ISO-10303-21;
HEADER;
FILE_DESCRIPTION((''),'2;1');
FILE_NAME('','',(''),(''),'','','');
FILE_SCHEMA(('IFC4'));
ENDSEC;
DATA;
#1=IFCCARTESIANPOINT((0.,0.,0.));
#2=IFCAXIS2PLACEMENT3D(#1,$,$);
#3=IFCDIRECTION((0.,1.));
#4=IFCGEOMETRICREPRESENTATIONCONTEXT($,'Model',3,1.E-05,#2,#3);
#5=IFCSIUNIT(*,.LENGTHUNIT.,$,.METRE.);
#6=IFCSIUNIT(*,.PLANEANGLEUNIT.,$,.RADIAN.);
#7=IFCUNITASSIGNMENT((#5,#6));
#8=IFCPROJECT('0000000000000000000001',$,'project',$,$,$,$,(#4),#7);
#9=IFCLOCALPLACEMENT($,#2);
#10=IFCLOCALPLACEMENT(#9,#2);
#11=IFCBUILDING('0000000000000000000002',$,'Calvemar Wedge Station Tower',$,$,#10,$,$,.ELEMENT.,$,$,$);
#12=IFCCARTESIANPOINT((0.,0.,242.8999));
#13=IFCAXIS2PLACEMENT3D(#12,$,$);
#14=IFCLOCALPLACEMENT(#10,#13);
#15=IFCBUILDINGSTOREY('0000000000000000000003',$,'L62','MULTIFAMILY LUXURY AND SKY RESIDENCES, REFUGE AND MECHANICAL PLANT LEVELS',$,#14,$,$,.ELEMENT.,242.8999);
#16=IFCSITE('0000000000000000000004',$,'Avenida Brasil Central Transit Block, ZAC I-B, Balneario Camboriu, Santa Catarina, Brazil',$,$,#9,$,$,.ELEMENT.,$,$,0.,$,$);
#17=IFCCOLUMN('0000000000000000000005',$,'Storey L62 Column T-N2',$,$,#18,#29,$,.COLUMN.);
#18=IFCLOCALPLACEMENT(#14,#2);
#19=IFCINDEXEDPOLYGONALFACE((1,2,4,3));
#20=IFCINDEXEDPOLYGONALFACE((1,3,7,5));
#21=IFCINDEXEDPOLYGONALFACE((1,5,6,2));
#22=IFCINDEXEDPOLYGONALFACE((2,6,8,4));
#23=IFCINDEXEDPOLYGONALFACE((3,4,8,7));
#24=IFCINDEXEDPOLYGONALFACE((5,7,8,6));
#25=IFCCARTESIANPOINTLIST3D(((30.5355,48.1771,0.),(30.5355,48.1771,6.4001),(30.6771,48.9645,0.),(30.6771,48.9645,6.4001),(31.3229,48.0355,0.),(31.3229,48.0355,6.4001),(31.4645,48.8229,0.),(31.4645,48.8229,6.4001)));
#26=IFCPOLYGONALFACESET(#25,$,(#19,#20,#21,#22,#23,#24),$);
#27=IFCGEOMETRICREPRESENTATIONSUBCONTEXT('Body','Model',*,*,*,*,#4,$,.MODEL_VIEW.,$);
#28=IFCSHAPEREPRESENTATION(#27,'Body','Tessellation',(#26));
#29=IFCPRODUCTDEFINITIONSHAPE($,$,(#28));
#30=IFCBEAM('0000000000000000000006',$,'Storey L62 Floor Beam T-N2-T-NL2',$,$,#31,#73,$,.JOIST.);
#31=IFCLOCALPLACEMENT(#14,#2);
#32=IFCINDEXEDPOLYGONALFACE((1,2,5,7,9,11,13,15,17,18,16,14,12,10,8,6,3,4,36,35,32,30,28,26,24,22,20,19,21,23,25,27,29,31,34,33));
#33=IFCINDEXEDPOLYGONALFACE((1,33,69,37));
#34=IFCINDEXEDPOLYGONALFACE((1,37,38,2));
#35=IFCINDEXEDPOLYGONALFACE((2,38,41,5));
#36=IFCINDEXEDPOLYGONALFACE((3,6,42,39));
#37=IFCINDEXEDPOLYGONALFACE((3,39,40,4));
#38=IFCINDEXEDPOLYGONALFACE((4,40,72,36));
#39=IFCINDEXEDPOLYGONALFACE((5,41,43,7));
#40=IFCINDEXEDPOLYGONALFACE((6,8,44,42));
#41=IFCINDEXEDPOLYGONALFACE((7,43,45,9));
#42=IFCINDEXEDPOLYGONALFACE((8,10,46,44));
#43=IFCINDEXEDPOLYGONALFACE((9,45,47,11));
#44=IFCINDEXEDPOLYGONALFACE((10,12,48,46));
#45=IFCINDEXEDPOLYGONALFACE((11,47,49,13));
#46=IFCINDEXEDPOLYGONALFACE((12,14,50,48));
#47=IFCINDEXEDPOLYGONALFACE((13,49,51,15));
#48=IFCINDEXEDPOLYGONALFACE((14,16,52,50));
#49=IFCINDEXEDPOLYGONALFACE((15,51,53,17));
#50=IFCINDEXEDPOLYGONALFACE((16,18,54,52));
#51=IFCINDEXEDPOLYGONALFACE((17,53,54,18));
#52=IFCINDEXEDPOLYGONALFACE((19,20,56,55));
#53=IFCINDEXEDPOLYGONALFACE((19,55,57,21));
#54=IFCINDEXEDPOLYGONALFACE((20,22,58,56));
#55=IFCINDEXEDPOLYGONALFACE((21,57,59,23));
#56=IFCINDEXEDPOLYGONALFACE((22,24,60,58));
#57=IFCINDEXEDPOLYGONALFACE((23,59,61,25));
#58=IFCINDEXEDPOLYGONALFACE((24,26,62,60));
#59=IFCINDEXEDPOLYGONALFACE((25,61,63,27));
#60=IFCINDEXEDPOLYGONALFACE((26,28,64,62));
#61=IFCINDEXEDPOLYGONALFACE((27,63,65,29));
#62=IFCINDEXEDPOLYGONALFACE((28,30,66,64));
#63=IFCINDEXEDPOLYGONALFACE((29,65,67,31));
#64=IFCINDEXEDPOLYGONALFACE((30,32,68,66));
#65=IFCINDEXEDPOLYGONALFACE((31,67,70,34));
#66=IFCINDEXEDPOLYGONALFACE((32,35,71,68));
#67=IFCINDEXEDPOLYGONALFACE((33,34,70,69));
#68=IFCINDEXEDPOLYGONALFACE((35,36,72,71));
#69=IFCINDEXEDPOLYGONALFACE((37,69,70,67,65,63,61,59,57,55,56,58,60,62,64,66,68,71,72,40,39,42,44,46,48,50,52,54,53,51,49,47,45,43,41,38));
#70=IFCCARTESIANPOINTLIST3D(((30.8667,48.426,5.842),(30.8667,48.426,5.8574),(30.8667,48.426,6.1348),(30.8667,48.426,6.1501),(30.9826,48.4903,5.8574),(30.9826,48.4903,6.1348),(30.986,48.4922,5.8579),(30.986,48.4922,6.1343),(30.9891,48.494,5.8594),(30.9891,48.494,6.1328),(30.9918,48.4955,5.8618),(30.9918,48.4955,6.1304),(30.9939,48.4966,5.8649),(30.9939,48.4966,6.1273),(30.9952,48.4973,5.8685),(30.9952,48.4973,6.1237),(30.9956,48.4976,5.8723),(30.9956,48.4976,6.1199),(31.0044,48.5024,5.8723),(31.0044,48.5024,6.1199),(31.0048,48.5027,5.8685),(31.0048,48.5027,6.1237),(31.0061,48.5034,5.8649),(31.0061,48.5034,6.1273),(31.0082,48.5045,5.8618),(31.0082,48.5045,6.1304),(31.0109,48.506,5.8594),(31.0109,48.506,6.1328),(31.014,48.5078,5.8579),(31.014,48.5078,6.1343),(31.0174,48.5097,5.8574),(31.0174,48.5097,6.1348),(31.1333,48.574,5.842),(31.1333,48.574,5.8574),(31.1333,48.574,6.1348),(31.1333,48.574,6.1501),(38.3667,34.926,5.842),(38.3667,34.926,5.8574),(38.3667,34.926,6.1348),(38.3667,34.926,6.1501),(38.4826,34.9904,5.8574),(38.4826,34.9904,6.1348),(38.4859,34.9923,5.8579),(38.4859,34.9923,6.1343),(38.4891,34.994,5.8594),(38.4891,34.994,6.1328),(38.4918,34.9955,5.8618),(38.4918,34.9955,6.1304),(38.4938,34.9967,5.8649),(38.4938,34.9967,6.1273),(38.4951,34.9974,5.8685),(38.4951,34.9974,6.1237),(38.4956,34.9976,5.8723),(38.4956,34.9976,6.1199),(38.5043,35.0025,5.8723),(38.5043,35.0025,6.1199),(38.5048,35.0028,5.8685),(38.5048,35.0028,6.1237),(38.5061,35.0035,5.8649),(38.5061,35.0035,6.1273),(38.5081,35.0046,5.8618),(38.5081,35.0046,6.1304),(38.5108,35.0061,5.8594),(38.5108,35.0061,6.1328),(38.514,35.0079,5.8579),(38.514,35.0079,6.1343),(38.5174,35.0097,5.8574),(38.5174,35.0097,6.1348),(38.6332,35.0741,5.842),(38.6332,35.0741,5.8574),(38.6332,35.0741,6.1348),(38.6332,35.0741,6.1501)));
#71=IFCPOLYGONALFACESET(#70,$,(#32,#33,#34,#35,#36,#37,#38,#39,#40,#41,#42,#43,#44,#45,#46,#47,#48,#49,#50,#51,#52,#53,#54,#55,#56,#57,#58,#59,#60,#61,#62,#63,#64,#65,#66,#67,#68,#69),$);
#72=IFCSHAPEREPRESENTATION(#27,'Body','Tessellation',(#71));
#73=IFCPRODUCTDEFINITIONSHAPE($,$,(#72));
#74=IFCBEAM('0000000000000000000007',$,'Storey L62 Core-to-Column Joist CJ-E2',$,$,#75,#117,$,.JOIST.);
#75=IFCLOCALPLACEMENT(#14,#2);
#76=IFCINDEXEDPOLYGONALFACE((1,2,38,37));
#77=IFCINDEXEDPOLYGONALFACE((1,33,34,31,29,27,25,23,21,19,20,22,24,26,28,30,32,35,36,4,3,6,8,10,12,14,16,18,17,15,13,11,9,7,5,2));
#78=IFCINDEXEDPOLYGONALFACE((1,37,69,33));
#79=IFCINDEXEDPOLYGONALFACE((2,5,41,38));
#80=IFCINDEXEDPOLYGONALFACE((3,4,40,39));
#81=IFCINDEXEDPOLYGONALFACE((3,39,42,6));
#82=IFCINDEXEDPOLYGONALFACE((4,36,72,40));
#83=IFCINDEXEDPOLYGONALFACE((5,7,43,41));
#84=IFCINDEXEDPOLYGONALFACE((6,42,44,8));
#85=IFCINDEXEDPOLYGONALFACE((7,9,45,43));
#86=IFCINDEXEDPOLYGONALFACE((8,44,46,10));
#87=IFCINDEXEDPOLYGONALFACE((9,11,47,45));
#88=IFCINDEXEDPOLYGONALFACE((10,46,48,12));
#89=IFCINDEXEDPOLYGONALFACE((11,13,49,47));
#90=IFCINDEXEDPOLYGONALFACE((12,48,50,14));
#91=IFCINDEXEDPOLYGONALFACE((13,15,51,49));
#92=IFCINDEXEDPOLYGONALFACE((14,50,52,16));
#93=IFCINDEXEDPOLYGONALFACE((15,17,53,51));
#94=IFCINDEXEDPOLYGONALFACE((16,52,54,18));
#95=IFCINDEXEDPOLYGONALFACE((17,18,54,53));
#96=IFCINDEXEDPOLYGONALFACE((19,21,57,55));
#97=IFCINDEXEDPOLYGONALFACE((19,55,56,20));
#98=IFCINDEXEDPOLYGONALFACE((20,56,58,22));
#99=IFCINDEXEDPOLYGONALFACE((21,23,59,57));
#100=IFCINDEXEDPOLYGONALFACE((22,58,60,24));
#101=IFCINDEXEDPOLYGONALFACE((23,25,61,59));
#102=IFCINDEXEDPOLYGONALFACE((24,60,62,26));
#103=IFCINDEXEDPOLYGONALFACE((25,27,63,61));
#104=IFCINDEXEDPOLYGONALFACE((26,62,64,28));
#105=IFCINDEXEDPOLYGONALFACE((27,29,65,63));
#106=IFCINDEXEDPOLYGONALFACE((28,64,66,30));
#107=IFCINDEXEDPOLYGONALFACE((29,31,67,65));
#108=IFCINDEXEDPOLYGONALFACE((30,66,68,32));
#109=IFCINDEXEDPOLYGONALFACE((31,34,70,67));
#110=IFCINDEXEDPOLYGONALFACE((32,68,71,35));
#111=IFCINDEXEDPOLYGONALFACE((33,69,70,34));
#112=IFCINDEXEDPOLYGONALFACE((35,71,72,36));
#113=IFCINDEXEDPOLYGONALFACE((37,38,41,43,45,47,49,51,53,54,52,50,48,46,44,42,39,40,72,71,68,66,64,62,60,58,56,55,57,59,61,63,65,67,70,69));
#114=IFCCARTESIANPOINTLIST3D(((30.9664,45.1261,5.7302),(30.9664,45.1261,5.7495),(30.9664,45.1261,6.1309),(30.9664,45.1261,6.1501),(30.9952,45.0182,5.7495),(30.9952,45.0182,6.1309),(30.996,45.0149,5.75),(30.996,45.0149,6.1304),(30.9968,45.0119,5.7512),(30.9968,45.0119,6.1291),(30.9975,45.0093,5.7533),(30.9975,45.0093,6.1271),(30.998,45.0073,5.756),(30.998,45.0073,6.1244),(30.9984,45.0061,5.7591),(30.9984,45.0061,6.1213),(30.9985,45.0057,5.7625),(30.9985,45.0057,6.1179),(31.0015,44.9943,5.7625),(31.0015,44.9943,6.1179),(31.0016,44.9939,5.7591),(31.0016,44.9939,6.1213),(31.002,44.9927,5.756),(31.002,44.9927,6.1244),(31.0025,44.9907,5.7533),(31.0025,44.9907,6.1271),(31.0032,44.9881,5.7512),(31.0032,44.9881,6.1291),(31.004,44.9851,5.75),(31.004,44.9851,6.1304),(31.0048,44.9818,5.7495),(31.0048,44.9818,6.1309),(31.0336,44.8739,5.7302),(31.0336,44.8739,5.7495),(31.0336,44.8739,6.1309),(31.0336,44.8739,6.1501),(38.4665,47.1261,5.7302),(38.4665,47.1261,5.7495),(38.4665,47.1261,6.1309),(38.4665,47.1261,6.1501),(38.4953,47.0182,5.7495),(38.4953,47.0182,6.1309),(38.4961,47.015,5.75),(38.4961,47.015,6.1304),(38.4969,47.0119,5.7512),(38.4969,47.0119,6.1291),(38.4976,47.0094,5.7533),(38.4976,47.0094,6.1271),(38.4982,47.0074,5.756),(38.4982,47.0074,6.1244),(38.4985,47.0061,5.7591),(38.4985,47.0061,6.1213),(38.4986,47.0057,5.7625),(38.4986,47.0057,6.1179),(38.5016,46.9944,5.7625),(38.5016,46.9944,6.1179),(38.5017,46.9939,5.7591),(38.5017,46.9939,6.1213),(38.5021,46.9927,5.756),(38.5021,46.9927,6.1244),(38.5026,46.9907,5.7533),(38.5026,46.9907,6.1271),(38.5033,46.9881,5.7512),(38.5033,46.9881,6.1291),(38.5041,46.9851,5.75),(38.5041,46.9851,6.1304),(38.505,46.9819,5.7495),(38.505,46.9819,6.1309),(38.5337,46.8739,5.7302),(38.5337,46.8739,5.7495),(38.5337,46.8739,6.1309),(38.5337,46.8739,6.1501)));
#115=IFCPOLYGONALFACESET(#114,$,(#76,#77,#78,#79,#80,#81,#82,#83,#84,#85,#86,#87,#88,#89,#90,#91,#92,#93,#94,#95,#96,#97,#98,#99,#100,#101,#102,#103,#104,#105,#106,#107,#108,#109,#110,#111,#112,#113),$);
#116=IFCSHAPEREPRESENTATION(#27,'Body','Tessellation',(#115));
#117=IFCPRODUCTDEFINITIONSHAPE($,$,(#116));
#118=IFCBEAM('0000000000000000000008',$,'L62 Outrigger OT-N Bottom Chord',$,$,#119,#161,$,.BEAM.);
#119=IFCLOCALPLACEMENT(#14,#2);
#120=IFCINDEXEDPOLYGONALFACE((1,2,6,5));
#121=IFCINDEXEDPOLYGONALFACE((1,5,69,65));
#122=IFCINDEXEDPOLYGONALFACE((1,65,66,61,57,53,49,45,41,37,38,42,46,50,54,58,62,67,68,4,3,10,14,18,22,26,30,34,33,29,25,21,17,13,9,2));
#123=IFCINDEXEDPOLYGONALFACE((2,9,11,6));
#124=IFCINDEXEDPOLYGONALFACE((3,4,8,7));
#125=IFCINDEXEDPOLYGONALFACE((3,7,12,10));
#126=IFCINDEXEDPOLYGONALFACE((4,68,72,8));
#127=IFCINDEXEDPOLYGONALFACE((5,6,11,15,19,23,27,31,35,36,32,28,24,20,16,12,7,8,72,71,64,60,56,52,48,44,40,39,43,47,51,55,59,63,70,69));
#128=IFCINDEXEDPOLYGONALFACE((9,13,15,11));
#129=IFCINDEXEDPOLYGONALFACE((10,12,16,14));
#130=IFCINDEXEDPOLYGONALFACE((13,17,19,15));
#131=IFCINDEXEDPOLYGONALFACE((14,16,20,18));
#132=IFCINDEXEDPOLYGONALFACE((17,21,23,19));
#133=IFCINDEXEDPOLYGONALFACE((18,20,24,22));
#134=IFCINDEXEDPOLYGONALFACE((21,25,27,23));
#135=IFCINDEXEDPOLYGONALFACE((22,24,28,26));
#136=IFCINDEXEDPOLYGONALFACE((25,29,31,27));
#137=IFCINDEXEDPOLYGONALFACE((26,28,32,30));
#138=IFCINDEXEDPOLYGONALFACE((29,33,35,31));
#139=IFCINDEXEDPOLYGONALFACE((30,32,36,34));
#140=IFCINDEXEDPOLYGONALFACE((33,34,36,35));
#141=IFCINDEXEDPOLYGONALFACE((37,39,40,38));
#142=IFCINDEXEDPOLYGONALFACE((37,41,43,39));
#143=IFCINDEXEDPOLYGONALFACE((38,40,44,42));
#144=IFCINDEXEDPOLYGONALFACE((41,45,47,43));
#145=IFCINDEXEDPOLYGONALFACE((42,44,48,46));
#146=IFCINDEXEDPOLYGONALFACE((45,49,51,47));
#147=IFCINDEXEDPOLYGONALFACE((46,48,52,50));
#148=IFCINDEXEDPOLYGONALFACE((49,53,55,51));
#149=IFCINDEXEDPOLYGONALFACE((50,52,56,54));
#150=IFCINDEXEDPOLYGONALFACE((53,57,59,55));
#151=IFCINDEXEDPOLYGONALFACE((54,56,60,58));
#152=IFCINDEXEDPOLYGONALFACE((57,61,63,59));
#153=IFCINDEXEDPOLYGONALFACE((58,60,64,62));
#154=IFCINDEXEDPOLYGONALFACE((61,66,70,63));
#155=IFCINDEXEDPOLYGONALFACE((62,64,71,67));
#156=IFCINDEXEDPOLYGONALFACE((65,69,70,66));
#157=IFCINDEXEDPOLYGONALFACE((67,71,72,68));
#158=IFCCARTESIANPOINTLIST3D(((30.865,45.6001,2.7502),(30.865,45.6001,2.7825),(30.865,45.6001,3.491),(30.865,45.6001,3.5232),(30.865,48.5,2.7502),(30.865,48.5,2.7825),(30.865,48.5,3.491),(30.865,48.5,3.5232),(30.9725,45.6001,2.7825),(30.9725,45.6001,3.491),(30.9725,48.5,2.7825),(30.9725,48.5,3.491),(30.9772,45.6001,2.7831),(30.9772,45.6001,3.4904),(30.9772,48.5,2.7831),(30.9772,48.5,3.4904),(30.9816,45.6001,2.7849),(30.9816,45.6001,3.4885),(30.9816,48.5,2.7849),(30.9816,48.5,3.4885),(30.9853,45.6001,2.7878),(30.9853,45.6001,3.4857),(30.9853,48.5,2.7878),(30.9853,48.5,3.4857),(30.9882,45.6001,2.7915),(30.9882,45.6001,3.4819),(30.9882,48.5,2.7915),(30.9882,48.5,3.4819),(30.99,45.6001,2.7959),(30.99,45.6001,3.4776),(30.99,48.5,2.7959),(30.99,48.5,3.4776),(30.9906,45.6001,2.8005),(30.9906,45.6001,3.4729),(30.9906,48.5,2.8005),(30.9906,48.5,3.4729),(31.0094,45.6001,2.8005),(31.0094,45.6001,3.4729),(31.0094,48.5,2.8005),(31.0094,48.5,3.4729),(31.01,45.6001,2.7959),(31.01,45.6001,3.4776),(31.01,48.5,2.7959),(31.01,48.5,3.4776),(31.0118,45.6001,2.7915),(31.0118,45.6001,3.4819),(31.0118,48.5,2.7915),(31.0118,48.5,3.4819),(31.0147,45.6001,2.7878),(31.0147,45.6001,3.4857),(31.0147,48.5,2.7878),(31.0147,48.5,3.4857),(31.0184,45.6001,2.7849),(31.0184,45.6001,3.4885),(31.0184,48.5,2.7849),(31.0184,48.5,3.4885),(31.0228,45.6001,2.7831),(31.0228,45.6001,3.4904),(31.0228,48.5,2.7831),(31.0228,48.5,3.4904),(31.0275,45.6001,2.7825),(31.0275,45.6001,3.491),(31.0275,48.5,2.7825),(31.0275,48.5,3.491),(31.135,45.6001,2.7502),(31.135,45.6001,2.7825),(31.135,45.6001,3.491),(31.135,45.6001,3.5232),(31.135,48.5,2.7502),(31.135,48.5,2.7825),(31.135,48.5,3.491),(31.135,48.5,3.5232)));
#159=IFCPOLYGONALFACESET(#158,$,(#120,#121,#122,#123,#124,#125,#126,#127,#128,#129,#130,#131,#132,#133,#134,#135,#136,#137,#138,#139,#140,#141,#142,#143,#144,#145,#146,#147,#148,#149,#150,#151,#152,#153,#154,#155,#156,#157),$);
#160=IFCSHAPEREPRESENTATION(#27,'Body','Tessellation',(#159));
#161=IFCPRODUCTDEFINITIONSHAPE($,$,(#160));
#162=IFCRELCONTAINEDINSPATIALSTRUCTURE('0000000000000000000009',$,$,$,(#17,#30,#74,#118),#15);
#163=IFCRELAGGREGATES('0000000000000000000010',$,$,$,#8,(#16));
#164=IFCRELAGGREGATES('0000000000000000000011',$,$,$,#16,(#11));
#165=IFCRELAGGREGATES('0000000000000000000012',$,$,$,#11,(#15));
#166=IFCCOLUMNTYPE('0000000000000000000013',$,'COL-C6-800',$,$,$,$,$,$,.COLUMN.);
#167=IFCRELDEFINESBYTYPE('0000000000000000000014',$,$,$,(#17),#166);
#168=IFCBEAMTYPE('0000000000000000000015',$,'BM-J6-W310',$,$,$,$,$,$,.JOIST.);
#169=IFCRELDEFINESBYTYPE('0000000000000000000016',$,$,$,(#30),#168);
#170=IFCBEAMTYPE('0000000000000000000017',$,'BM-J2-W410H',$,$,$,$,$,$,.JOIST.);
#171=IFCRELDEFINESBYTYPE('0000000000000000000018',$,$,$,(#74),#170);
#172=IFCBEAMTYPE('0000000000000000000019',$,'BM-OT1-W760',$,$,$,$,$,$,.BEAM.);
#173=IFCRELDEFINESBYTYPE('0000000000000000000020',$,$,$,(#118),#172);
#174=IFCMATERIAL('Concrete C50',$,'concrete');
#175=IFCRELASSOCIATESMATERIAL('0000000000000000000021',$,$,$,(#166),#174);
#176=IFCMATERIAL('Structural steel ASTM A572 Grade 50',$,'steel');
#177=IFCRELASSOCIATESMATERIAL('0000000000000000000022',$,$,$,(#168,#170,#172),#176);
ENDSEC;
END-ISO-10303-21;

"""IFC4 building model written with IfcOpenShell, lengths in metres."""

from ifc_helpers import new_model, si_unit, direction, frame, origin, origin_2d, place, context, subcontext, project, spatial, rectangle, i_section, extrude, source, transform, mapped, material, material_profile, profile_set, type_object, element, save


model = new_model("IFC4")

# Units and contexts
model_context = context("Model", 3, precision=1e-05, world=origin(), true_north=direction((0.0, 1.0)))
body_context = subcontext(model_context, "Body", "Model", "MODEL_VIEW")
ifc_project = project(units=[si_unit("LENGTHUNIT", "METRE"), si_unit("PLANEANGLEUNIT", "RADIAN")], contexts=[model_context])

# Site, building, storey
site_placement = place(None, origin())
site = spatial("IfcSite", under=ifc_project, at=site_placement, Name="Avenida Brasil Central Transit Block, ZAC I-B, Balneario Camboriu, Santa Catarina, Brazil", CompositionType="ELEMENT", RefElevation=0.0)
building_placement = place(site_placement, origin())
building = spatial("IfcBuilding", under=site, at=building_placement, Name="Calvemar Wedge Station Tower", CompositionType="ELEMENT")
storey_placement = place(building_placement, frame((0.0, 0.0, 242.8999)))
storey = spatial("IfcBuildingStorey", under=building, at=storey_placement, Name="L62", Description="MULTIFAMILY LUXURY AND SKY RESIDENCES, REFUGE AND MECHANICAL PLANT LEVELS", CompositionType="ELEMENT", Elevation=242.8999)

# Column
ifc_material_1 = material(Name="Concrete C50", Category="concrete")
ifc_material_profile_1 = material_profile(ifc_material_1, rectangle(XDim=0.8, YDim=0.8, at=origin_2d()), Name="RC800x800")
ifc_profile_set_1 = profile_set([ifc_material_profile_1], Name="Concrete C50")
column_type = type_object("IfcColumnType", Name="COL-C6-800", PredefinedType="COLUMN", material=ifc_profile_set_1)
shared_shape_1 = source(origin(), body_context, "Body", "SweptSolid", [
    extrude(rectangle(XDim=0.8, YDim=0.8, at=origin_2d()), origin(), (0.0, 0.0, 1.0), 6.4001),
])
column_placement = place(storey_placement, frame((31.0, 48.5, 0.0), z_axis=(0.0, 0.0, 1.0), x_axis=(0.984196, -0.177085, 0.0)))
element("IfcColumn", 1, at=column_placement, inside=storey, type_object=column_type, Name="Storey L62 Column T-N2", PredefinedType="COLUMN", context=body_context, shape_type="MappedRepresentation", body=[
    mapped(shared_shape_1, transform((0.0, 0.0, 0.0), scale=1.0)),
])

# Beams
ifc_material_2 = material(Name="Structural steel ASTM A572 Grade 50", Category="steel")
ifc_material_profile_2 = material_profile(ifc_material_2, i_section(OverallWidth=0.3049, OverallDepth=0.3081, WebThickness=0.01, FlangeThickness=0.0154, FilletRadius=0.0149, at=origin_2d()), Name="W310x97")
ifc_profile_set_2 = profile_set([ifc_material_profile_2], Name="Structural steel ASTM A572 Grade 50")
beam_type_1 = type_object("IfcBeamType", Name="BM-J6-W310", PredefinedType="JOIST", material=ifc_profile_set_2)
shared_shape_2 = source(origin(), body_context, "Body", "SweptSolid", [
    extrude(i_section(OverallWidth=0.3049, OverallDepth=0.3081, WebThickness=0.01, FlangeThickness=0.0154, FilletRadius=0.0149, at=origin_2d()), origin(), (0.0, 0.0, 1.0), 15.4434),
])
beam_1_placement = place(storey_placement, frame((31.0, 48.5, 5.9961), z_axis=(0.485643, -0.874157, 0.0), x_axis=(0.874157, 0.485643, 0.0)))
element("IfcBeam", 2, at=beam_1_placement, inside=storey, type_object=beam_type_1, Name="Storey L62 Floor Beam T-N2-T-NL2", PredefinedType="JOIST", context=body_context, shape_type="MappedRepresentation", body=[
    mapped(shared_shape_2, transform((0.0, 0.0, 0.0), scale=1.0)),
])
ifc_material_profile_3 = material_profile(ifc_material_2, i_section(OverallWidth=0.261, OverallDepth=0.4199, WebThickness=0.0117, FlangeThickness=0.0193, FilletRadius=0.0129, at=origin_2d()), Name="W410x114")
ifc_profile_set_3 = profile_set([ifc_material_profile_3], Name="Structural steel ASTM A572 Grade 50")
beam_type_2 = type_object("IfcBeamType", Name="BM-J2-W410H", PredefinedType="JOIST", material=ifc_profile_set_3)
shared_shape_3 = source(origin(), body_context, "Body", "SweptSolid", [
    extrude(i_section(OverallWidth=0.261, OverallDepth=0.4199, WebThickness=0.0117, FlangeThickness=0.0193, FilletRadius=0.0129, at=origin_2d()), origin(), (0.0, 0.0, 1.0), 7.7622),
])
beam_2_placement = place(storey_placement, frame((31.0, 45.0, 5.9402), z_axis=(0.966235, 0.257663, 0.0), x_axis=(-0.257663, 0.966235, 0.0)))
element("IfcBeam", 3, at=beam_2_placement, inside=storey, type_object=beam_type_2, Name="Storey L62 Core-to-Column Joist CJ-E2", PredefinedType="JOIST", context=body_context, shape_type="MappedRepresentation", body=[
    mapped(shared_shape_3, transform((0.0, 0.0, 0.0), scale=1.0)),
])
ifc_material_profile_4 = material_profile(ifc_material_2, i_section(OverallWidth=0.27, OverallDepth=0.7729, WebThickness=0.0188, FlangeThickness=0.0322, FilletRadius=0.0181, at=origin_2d()), Name="W760x257")
ifc_profile_set_4 = profile_set([ifc_material_profile_4], Name="Structural steel ASTM A572 Grade 50")
beam_type_3 = type_object("IfcBeamType", Name="BM-OT1-W760", PredefinedType="BEAM", material=ifc_profile_set_4)
shared_shape_4 = source(origin(), body_context, "Body", "SweptSolid", [
    extrude(i_section(OverallWidth=0.27, OverallDepth=0.7729, WebThickness=0.0188, FlangeThickness=0.0322, FilletRadius=0.0181, at=origin_2d()), origin(), (0.0, 0.0, 1.0), 2.8999),
])
for number, where, z_axis, x_axis, name in (
    (4, (31.0, 45.6001, 3.1367), (0.0, 1.0, 0.0), (-1.0, 0.0, 0.0), "L62 Outrigger OT-N Bottom Chord"),
):
    element("IfcBeam", number, at=place(storey_placement, frame(where, z_axis=z_axis, x_axis=x_axis)), inside=storey, type_object=beam_type_3, Name=name, PredefinedType="BEAM", context=body_context, shape_type="MappedRepresentation", body=[
        mapped(shared_shape_4, transform((0.0, 0.0, 0.0), scale=1.0)),
    ])

save(model, "model.ifc")
